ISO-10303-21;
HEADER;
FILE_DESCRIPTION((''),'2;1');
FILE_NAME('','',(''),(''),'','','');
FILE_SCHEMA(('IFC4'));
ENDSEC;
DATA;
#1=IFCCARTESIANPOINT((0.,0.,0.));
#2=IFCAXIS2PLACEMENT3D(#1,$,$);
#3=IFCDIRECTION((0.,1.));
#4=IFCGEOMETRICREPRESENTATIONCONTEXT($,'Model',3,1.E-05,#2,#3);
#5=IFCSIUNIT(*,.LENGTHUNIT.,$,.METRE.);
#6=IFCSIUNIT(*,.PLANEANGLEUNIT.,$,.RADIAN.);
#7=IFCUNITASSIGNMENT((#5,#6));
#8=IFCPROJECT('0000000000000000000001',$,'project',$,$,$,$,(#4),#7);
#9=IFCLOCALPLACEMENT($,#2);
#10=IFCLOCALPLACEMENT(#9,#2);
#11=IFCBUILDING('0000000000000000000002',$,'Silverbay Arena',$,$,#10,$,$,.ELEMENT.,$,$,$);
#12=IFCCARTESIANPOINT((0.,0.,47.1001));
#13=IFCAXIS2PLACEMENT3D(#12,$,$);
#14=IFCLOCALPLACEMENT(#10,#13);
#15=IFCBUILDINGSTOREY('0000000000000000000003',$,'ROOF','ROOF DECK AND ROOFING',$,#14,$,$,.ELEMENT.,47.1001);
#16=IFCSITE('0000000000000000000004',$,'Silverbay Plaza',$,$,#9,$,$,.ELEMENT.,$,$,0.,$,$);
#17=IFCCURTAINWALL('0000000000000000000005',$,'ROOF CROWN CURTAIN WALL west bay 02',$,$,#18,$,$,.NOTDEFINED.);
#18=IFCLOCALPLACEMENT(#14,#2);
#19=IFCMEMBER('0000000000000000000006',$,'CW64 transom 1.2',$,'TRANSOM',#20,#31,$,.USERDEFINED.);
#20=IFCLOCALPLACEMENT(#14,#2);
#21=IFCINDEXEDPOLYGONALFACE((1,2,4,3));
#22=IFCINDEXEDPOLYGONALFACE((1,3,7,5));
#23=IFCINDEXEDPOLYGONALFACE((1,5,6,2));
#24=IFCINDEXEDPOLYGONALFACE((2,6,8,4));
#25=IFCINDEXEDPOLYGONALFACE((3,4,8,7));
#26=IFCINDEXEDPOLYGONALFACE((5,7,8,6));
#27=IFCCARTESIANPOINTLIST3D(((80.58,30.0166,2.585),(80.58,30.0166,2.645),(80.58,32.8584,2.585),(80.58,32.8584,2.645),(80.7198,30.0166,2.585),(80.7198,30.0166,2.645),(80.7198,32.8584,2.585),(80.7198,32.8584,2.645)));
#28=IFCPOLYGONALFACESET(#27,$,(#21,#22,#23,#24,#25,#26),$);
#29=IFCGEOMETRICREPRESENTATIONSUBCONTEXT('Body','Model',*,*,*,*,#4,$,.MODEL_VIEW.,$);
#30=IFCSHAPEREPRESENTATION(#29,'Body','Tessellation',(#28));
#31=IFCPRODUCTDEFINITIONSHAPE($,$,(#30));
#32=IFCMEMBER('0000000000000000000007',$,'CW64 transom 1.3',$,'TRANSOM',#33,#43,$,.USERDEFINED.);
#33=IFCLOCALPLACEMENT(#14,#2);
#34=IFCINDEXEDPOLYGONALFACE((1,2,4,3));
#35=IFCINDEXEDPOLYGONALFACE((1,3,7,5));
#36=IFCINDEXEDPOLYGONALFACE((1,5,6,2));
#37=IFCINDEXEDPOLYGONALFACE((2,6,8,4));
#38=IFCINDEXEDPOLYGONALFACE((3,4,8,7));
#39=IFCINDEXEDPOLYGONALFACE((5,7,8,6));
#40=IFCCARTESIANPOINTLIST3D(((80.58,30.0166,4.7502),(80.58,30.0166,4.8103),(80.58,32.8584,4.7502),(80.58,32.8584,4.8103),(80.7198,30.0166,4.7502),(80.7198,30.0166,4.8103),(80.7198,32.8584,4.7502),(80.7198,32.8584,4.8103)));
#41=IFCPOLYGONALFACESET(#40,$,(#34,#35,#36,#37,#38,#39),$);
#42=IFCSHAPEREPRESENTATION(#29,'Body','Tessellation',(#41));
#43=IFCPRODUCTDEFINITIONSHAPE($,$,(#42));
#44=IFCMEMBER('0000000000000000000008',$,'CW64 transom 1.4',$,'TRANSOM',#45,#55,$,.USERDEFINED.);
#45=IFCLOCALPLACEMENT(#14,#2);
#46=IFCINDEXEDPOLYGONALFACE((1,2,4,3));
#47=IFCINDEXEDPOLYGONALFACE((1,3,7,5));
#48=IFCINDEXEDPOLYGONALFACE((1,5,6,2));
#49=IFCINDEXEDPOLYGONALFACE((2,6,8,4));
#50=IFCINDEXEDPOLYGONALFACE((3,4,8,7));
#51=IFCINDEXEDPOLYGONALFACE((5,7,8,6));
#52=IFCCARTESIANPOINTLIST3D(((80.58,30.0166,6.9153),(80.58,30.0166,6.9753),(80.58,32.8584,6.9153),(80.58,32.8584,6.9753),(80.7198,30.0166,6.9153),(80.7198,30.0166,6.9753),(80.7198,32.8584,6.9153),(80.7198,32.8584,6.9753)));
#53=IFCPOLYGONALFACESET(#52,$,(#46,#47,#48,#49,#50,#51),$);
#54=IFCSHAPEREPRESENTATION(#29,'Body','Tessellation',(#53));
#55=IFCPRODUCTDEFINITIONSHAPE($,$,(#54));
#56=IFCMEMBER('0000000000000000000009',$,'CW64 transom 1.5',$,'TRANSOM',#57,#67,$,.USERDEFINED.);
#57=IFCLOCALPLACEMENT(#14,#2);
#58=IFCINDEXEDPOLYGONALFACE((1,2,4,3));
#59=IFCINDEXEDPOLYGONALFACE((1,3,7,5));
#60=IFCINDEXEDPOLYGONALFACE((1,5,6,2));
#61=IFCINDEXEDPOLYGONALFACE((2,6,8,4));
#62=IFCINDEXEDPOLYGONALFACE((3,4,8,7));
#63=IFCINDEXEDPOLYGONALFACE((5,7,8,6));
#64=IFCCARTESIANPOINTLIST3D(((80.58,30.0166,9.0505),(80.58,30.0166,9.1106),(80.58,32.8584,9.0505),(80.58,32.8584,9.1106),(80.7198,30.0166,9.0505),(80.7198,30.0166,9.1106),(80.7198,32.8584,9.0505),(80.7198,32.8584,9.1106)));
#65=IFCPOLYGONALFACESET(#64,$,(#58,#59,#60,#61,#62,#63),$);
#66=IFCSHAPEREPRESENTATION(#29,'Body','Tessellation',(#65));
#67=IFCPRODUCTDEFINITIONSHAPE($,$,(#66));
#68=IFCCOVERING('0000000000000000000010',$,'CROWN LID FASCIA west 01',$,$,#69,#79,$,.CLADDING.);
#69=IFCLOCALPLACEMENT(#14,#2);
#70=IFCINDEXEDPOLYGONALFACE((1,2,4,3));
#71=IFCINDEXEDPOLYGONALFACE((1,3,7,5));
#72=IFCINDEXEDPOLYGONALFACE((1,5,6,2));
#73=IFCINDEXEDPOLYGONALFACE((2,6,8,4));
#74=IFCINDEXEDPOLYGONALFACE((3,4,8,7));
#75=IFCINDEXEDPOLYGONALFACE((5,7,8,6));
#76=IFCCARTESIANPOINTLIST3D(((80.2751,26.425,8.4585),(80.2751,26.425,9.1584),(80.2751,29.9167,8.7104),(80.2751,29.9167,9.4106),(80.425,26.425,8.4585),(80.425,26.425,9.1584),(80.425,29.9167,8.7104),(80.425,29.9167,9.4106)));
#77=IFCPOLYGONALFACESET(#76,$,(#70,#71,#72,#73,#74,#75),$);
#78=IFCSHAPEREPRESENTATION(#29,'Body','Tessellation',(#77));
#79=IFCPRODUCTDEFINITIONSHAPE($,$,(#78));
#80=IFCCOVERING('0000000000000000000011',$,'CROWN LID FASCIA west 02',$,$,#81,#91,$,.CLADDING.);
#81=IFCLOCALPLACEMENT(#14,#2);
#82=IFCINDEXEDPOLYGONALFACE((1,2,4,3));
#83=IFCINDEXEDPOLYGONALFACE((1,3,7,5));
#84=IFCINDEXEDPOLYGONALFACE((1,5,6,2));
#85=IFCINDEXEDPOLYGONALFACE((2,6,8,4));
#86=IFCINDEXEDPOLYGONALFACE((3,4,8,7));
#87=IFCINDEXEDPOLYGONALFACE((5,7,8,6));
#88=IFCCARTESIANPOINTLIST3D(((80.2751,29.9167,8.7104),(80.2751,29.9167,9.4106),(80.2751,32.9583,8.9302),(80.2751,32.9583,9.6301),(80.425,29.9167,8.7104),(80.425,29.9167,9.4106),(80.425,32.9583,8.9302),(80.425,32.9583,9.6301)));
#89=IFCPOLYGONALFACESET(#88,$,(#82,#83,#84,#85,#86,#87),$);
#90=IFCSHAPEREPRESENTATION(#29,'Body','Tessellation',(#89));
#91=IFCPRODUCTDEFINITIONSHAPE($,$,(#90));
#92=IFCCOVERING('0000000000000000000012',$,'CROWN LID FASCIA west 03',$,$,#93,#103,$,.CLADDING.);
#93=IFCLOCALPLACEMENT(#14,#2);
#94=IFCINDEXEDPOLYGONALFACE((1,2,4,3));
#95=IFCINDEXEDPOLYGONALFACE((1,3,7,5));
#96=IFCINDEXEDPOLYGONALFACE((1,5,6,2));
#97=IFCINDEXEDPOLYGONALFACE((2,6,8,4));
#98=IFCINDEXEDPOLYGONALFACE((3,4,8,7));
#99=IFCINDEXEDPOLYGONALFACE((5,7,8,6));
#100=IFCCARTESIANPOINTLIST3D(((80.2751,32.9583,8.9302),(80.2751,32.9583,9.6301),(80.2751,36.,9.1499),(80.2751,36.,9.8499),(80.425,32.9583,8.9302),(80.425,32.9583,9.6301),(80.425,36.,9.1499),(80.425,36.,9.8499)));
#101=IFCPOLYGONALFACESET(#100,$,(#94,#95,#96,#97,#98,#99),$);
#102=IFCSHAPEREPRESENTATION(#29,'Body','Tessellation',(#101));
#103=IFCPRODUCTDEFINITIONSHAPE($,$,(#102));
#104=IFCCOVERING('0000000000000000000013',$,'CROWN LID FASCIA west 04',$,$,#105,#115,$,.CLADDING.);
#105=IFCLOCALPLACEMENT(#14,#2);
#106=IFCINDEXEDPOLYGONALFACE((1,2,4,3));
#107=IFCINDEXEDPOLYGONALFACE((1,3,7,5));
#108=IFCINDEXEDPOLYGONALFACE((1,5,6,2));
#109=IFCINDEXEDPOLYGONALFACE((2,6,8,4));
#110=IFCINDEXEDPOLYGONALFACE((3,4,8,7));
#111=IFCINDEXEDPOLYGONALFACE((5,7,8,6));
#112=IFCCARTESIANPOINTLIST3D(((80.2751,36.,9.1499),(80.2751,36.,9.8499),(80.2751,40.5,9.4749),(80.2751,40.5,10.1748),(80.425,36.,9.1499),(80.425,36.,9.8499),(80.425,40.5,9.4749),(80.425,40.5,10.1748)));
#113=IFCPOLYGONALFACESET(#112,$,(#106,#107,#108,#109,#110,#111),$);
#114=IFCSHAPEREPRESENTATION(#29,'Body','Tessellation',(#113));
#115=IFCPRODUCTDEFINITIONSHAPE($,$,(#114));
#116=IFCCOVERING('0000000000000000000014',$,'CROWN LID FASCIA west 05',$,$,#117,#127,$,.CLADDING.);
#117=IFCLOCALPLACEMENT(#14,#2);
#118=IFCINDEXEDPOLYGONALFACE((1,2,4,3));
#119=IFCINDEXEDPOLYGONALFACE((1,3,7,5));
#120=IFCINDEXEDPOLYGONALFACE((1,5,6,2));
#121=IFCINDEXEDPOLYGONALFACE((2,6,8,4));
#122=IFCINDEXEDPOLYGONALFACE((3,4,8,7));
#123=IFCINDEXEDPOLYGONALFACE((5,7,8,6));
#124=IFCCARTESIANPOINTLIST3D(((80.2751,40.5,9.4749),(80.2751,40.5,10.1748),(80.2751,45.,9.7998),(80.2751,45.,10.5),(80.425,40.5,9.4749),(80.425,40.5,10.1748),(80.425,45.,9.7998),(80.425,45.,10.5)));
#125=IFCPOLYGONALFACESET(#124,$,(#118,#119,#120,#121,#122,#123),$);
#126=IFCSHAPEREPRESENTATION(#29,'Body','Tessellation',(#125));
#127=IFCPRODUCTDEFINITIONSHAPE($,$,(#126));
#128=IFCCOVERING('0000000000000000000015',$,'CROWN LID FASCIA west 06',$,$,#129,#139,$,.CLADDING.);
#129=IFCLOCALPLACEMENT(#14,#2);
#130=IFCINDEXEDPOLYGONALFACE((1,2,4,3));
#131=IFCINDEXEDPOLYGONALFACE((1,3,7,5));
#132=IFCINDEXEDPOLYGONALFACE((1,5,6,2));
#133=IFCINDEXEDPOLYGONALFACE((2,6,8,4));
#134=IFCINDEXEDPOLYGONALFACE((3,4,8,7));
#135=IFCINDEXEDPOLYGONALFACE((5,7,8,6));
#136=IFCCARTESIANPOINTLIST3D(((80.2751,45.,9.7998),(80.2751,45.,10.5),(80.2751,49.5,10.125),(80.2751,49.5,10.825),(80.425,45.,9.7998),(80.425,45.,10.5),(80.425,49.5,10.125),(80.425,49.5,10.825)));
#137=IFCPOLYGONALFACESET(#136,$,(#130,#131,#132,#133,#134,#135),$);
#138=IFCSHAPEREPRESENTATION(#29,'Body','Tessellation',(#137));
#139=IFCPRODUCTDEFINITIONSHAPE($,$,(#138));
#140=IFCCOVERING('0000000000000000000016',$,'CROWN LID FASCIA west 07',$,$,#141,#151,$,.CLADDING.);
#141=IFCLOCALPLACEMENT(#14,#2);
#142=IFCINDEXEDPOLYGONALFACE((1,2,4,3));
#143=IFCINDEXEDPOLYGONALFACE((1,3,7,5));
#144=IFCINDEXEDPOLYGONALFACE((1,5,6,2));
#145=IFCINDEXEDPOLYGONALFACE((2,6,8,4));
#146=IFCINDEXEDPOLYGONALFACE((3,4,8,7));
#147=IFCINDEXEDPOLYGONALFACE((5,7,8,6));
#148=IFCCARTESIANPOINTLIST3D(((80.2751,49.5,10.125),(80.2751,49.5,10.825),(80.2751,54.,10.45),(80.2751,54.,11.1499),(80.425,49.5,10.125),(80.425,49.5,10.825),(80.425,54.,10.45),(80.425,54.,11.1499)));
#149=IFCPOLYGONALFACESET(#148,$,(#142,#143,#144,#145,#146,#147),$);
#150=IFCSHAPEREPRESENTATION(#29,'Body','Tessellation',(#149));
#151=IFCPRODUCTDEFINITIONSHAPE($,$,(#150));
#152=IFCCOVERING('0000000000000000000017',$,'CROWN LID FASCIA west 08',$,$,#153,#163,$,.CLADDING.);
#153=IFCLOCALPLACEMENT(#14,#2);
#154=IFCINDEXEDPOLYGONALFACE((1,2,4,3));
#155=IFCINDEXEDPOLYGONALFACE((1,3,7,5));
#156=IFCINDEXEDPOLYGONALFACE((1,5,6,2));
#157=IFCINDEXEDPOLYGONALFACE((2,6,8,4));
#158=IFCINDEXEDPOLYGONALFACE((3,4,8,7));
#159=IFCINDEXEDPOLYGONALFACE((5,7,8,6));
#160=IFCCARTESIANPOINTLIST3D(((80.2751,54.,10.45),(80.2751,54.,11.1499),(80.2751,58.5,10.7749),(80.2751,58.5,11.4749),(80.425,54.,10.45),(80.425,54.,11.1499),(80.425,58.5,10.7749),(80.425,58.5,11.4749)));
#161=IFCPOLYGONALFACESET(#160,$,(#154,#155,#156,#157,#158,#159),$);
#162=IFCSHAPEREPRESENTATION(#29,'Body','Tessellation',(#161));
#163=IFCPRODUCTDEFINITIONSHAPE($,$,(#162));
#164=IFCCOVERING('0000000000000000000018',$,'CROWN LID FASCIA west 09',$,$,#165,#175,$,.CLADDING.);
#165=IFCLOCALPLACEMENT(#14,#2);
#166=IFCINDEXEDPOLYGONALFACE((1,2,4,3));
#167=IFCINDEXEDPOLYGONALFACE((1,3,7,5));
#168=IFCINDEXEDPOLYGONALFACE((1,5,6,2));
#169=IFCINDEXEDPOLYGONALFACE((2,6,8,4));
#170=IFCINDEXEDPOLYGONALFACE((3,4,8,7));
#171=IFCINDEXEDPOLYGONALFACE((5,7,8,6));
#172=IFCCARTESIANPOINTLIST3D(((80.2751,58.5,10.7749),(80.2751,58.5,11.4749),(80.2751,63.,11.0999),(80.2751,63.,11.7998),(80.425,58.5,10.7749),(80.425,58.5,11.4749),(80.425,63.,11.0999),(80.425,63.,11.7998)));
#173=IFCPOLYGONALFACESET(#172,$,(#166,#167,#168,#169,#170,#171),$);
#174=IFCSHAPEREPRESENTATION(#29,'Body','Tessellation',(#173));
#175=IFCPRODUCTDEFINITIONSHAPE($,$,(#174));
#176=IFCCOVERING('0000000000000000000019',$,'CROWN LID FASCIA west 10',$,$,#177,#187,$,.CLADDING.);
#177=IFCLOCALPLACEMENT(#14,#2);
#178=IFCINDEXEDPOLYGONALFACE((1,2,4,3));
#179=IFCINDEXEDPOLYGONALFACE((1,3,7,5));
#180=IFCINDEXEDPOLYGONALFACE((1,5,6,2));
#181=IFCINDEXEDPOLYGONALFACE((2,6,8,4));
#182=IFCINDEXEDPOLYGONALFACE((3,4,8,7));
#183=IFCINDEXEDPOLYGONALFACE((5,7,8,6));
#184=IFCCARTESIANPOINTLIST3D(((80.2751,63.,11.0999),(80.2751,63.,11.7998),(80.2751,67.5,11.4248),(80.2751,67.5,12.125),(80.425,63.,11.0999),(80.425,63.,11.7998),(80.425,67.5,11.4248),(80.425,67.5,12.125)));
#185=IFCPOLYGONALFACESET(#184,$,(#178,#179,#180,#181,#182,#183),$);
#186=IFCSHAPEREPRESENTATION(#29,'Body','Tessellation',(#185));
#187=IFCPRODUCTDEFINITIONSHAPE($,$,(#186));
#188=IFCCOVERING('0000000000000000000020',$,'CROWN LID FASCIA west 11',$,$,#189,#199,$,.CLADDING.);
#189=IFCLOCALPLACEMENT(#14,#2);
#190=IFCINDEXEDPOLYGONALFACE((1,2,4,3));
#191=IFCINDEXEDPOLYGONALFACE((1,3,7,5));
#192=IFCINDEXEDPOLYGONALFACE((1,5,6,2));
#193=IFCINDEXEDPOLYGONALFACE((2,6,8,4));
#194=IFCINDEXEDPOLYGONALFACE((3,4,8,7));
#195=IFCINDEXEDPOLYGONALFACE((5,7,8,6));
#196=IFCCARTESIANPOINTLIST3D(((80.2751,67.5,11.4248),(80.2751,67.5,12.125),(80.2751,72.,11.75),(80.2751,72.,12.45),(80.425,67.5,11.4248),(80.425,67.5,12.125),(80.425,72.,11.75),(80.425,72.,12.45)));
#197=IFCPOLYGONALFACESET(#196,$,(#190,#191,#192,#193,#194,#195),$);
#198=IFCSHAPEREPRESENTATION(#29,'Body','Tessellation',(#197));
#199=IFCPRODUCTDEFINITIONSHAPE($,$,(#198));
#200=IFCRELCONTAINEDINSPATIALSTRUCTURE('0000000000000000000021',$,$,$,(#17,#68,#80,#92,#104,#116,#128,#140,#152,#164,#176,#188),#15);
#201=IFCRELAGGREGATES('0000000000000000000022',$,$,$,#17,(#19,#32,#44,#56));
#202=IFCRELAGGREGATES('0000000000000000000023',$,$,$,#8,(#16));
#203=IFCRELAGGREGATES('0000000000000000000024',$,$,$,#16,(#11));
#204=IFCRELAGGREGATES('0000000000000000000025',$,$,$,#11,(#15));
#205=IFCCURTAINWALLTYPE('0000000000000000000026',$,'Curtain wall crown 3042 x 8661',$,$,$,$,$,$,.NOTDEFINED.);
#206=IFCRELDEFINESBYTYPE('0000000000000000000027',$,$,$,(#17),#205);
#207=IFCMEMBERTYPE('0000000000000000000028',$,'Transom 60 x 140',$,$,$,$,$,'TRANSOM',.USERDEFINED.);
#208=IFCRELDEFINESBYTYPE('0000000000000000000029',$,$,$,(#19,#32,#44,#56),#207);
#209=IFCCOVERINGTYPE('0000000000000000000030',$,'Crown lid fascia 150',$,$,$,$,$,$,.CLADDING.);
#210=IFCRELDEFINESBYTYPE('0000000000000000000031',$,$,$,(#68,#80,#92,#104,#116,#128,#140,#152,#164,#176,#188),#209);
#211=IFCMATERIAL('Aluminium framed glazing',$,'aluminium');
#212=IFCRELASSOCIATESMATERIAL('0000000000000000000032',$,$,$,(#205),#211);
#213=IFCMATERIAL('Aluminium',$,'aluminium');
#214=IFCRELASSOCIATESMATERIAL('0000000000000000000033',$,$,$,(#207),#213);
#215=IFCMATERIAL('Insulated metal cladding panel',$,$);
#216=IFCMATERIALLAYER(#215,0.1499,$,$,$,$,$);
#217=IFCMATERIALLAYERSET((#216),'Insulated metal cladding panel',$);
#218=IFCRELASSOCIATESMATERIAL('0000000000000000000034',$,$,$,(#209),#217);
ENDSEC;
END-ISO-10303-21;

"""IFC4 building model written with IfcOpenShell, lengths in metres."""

from ifc_helpers import new_model, si_unit, direction, frame, origin, origin_2d, place, context, subcontext, project, spatial, polyline, rectangle, outline, extrude, material, layer, layer_set, material_profile, profile_set, type_object, element, aggregate, save


model = new_model("IFC4")

# Units and contexts
model_context = context("Model", 3, precision=1e-05, world=origin(), true_north=direction((0.0, 1.0)))
body_context = subcontext(model_context, "Body", "Model", "MODEL_VIEW")
ifc_project = project(units=[si_unit("LENGTHUNIT", "METRE"), si_unit("PLANEANGLEUNIT", "RADIAN")], contexts=[model_context])

# Site, building, storey
site_placement = place(None, origin())
site = spatial("IfcSite", under=ifc_project, at=site_placement, Name="Silverbay Plaza", CompositionType="ELEMENT", RefElevation=0.0)
building_placement = place(site_placement, origin())
building = spatial("IfcBuilding", under=site, at=building_placement, Name="Silverbay Arena", CompositionType="ELEMENT")
storey_placement = place(building_placement, frame((0.0, 0.0, 47.1001)))
storey = spatial("IfcBuildingStorey", under=building, at=storey_placement, Name="ROOF", Description="ROOF DECK AND ROOFING", CompositionType="ELEMENT", Elevation=47.1001)

# Shared definitions
placement = place(building_placement, frame((0.0, 0.0, 33.5)))

# Curtain wall
ifc_material_1 = material(Name="Aluminium framed glazing", Category="aluminium")
curtain_wall_type_1 = type_object("IfcCurtainWallType", Name="Curtain wall crown 3042 x 8661", PredefinedType="NOTDEFINED", material=ifc_material_1)
curtain_wall_1_placement = place(storey_placement, origin())
curtain_wall_1 = element("IfcCurtainWall", 1, at=curtain_wall_1_placement, inside=storey, type_object=curtain_wall_type_1, Name="ROOF CROWN CURTAIN WALL west bay 02", PredefinedType="NOTDEFINED")

# Members
ifc_material_2 = material(Name="Aluminium", Category="aluminium")
ifc_material_profile_1 = material_profile(ifc_material_2, rectangle(XDim=0.1399, YDim=0.0601, at=origin_2d()), Name="Transom 60 x 140")
ifc_profile_set_1 = profile_set([ifc_material_profile_1], Name="Aluminium")
member_type_1 = type_object("IfcMemberType", Name="Transom 60 x 140", ElementType="TRANSOM", PredefinedType="USERDEFINED", material=ifc_profile_set_1)
member_1_placement = place(placement, frame((80.6499, 30.0166, 16.2151), z_axis=(0.0, 1.0, 0.0), x_axis=(-1.0, 0.0, 0.0)))
member_1 = element("IfcMember", 2, at=member_1_placement, type_object=member_type_1, Name="CW64 transom 1.2", ObjectType="TRANSOM", PredefinedType="USERDEFINED", context=body_context, shape_type="SweptSolid", body=[
    extrude(rectangle(XDim=0.1399, YDim=0.0601, at=origin_2d()), origin(), (0.0, 0.0, 1.0), 2.8418),
])
member_2_placement = place(placement, frame((80.6499, 30.0166, 18.3804), z_axis=(0.0, 1.0, 0.0), x_axis=(-1.0, 0.0, 0.0)))
member_2 = element("IfcMember", 3, at=member_2_placement, type_object=member_type_1, Name="CW64 transom 1.3", ObjectType="TRANSOM", PredefinedType="USERDEFINED", context=body_context, shape_type="SweptSolid", body=[
    extrude(rectangle(XDim=0.1399, YDim=0.0601, at=origin_2d()), origin(), (0.0, 0.0, 1.0), 2.8418),
])
member_3_placement = place(placement, frame((80.6499, 30.0166, 20.5454), z_axis=(0.0, 1.0, 0.0), x_axis=(-1.0, 0.0, 0.0)))
member_3 = element("IfcMember", 4, at=member_3_placement, type_object=member_type_1, Name="CW64 transom 1.4", ObjectType="TRANSOM", PredefinedType="USERDEFINED", context=body_context, shape_type="SweptSolid", body=[
    extrude(rectangle(XDim=0.1399, YDim=0.0601, at=origin_2d()), origin(), (0.0, 0.0, 1.0), 2.8418),
])
member_4_placement = place(placement, frame((80.6499, 30.0166, 22.6807), z_axis=(0.0, 1.0, 0.0), x_axis=(-1.0, 0.0, 0.0)))
member_4 = element("IfcMember", 5, at=member_4_placement, type_object=member_type_1, Name="CW64 transom 1.5", ObjectType="TRANSOM", PredefinedType="USERDEFINED", context=body_context, shape_type="SweptSolid", body=[
    extrude(rectangle(XDim=0.1399, YDim=0.0601, at=origin_2d()), origin(), (0.0, 0.0, 1.0), 2.8418),
])

aggregate(curtain_wall_1, [member_1, member_2, member_3, member_4])

# Coverings
ifc_material_3 = material(Name="Insulated metal cladding panel")
ifc_layer_1 = layer(ifc_material_3, 0.1499)
ifc_layer_set_1 = layer_set([ifc_layer_1], Name="Insulated metal cladding panel")
covering_type = type_object("IfcCoveringType", Name="Crown lid fascia 150", PredefinedType="CLADDING", material=ifc_layer_set_1)
covering_1_placement = place(storey_placement, frame((80.425, 26.425, 8.4585), z_axis=(1.0, 0.0, 0.0), x_axis=(0.0, 0.997407, 0.071971)))
element("IfcCovering", 6, at=covering_1_placement, inside=storey, type_object=covering_type, Name="CROWN LID FASCIA west 01", PredefinedType="CLADDING", context=body_context, shape_type="SweptSolid", body=[
    extrude(outline(polyline([(0.0, 0.0), (3.5008, 0.0), (3.5512, 0.6984), (0.0504, 0.6981), (0.0, 0.0)])), origin(), (0.0, 0.0, -1.0), 0.1499),
])
covering_2_placement = place(storey_placement, frame((80.425, 29.9167, 8.7104), z_axis=(1.0, 0.0, 0.0), x_axis=(0.0, 0.997401, 0.072055)))
element("IfcCovering", 7, at=covering_2_placement, inside=storey, type_object=covering_type, Name="CROWN LID FASCIA west 02", PredefinedType="CLADDING", context=body_context, shape_type="SweptSolid", body=[
    extrude(outline(polyline([(0.0, 0.0), (3.0494, 0.0), (3.0999, 0.6981), (0.0505, 0.6984), (0.0, 0.0)])), origin(), (0.0, 0.0, -1.0), 0.1499),
])
covering_3_placement = place(storey_placement, frame((80.425, 32.9583, 8.9302), z_axis=(1.0, 0.0, 0.0), x_axis=(0.0, 0.997401, 0.072049)))
element("IfcCovering", 8, at=covering_3_placement, inside=storey, type_object=covering_type, Name="CROWN LID FASCIA west 03", PredefinedType="CLADDING", context=body_context, shape_type="SweptSolid", body=[
    extrude(outline(polyline([(0.0, 0.0), (3.0497, 0.0), (3.1001, 0.6981), (0.0504, 0.6981), (0.0, 0.0)])), origin(), (0.0, 0.0, -1.0), 0.1499),
])
covering_4_placement = place(storey_placement, frame((80.425, 36.0, 9.1499), z_axis=(1.0, 0.0, 0.0), x_axis=(0.0, 0.997403, 0.072024)))
element("IfcCovering", 9, at=covering_4_placement, inside=storey, type_object=covering_type, Name="CROWN LID FASCIA west 04", PredefinedType="CLADDING", context=body_context, shape_type="SweptSolid", body=[
    extrude(outline(polyline([(0.0, 0.0), (4.5117, 0.0), (4.5621, 0.6981), (0.0504, 0.6981), (0.0, 0.0)])), origin(), (0.0, 0.0, -1.0), 0.1499),
])
covering_5_placement = place(storey_placement, frame((80.425, 40.5, 9.4749), z_axis=(1.0, 0.0, 0.0), x_axis=(0.0, 0.997403, 0.072024)))
element("IfcCovering", 10, at=covering_5_placement, inside=storey, type_object=covering_type, Name="CROWN LID FASCIA west 05", PredefinedType="CLADDING", context=body_context, shape_type="SweptSolid", body=[
    extrude(outline(polyline([(0.0, 0.0), (4.5117, 0.0), (4.5621, 0.6984), (0.0504, 0.6981), (0.0, 0.0)])), origin(), (0.0, 0.0, -1.0), 0.1499),
])
covering_6_placement = place(storey_placement, frame((80.425, 45.0, 9.7998), z_axis=(1.0, 0.0, 0.0), x_axis=(0.0, 0.997399, 0.072078)))
element("IfcCovering", 11, at=covering_6_placement, inside=storey, type_object=covering_type, Name="CROWN LID FASCIA west 06", PredefinedType="CLADDING", context=body_context, shape_type="SweptSolid", body=[
    extrude(outline(polyline([(0.0, 0.0), (4.5117, 0.0), (4.5622, 0.6981), (0.0505, 0.6984), (0.0, 0.0)])), origin(), (0.0, 0.0, -1.0), 0.1499),
])
for number, where, z_axis, x_axis, name in (
    (12, (80.425, 49.5, 10.125), (1.0, 0.0, 0.0), (0.0, 0.997403, 0.072024), "CROWN LID FASCIA west 07"),
    (13, (80.425, 54.0, 10.45), (1.0, 0.0, 0.0), (0.0, 0.997403, 0.072024), "CROWN LID FASCIA west 08"),
    (14, (80.425, 58.5, 10.7749), (1.0, 0.0, 0.0), (0.0, 0.997403, 0.072024), "CROWN LID FASCIA west 09"),
):
    element("IfcCovering", number, at=place(storey_placement, frame(where, z_axis=z_axis, x_axis=x_axis)), inside=storey, type_object=covering_type, Name=name, PredefinedType="CLADDING", context=body_context, shape_type="SweptSolid", body=[
        extrude(outline(polyline([(0.0, 0.0), (4.5117, 0.0), (4.5621, 0.6981), (0.0504, 0.6981), (0.0, 0.0)])), origin(), (0.0, 0.0, -1.0), 0.1499),
    ])
covering_7_placement = place(storey_placement, frame((80.425, 63.0, 11.0999), z_axis=(1.0, 0.0, 0.0), x_axis=(0.0, 0.997403, 0.072024)))
element("IfcCovering", 15, at=covering_7_placement, inside=storey, type_object=covering_type, Name="CROWN LID FASCIA west 10", PredefinedType="CLADDING", context=body_context, shape_type="SweptSolid", body=[
    extrude(outline(polyline([(0.0, 0.0), (4.5117, 0.0), (4.5621, 0.6984), (0.0504, 0.6981), (0.0, 0.0)])), origin(), (0.0, 0.0, -1.0), 0.1499),
])
covering_8_placement = place(storey_placement, frame((80.425, 67.5, 11.4248), z_axis=(1.0, 0.0, 0.0), x_axis=(0.0, 0.997399, 0.072078)))
element("IfcCovering", 16, at=covering_8_placement, inside=storey, type_object=covering_type, Name="CROWN LID FASCIA west 11", PredefinedType="CLADDING", context=body_context, shape_type="SweptSolid", body=[
    extrude(outline(polyline([(0.0, 0.0), (4.5117, 0.0), (4.5622, 0.6981), (0.0505, 0.6984), (0.0, 0.0)])), origin(), (0.0, 0.0, -1.0), 0.1499),
])

save(model, "model.ifc")
